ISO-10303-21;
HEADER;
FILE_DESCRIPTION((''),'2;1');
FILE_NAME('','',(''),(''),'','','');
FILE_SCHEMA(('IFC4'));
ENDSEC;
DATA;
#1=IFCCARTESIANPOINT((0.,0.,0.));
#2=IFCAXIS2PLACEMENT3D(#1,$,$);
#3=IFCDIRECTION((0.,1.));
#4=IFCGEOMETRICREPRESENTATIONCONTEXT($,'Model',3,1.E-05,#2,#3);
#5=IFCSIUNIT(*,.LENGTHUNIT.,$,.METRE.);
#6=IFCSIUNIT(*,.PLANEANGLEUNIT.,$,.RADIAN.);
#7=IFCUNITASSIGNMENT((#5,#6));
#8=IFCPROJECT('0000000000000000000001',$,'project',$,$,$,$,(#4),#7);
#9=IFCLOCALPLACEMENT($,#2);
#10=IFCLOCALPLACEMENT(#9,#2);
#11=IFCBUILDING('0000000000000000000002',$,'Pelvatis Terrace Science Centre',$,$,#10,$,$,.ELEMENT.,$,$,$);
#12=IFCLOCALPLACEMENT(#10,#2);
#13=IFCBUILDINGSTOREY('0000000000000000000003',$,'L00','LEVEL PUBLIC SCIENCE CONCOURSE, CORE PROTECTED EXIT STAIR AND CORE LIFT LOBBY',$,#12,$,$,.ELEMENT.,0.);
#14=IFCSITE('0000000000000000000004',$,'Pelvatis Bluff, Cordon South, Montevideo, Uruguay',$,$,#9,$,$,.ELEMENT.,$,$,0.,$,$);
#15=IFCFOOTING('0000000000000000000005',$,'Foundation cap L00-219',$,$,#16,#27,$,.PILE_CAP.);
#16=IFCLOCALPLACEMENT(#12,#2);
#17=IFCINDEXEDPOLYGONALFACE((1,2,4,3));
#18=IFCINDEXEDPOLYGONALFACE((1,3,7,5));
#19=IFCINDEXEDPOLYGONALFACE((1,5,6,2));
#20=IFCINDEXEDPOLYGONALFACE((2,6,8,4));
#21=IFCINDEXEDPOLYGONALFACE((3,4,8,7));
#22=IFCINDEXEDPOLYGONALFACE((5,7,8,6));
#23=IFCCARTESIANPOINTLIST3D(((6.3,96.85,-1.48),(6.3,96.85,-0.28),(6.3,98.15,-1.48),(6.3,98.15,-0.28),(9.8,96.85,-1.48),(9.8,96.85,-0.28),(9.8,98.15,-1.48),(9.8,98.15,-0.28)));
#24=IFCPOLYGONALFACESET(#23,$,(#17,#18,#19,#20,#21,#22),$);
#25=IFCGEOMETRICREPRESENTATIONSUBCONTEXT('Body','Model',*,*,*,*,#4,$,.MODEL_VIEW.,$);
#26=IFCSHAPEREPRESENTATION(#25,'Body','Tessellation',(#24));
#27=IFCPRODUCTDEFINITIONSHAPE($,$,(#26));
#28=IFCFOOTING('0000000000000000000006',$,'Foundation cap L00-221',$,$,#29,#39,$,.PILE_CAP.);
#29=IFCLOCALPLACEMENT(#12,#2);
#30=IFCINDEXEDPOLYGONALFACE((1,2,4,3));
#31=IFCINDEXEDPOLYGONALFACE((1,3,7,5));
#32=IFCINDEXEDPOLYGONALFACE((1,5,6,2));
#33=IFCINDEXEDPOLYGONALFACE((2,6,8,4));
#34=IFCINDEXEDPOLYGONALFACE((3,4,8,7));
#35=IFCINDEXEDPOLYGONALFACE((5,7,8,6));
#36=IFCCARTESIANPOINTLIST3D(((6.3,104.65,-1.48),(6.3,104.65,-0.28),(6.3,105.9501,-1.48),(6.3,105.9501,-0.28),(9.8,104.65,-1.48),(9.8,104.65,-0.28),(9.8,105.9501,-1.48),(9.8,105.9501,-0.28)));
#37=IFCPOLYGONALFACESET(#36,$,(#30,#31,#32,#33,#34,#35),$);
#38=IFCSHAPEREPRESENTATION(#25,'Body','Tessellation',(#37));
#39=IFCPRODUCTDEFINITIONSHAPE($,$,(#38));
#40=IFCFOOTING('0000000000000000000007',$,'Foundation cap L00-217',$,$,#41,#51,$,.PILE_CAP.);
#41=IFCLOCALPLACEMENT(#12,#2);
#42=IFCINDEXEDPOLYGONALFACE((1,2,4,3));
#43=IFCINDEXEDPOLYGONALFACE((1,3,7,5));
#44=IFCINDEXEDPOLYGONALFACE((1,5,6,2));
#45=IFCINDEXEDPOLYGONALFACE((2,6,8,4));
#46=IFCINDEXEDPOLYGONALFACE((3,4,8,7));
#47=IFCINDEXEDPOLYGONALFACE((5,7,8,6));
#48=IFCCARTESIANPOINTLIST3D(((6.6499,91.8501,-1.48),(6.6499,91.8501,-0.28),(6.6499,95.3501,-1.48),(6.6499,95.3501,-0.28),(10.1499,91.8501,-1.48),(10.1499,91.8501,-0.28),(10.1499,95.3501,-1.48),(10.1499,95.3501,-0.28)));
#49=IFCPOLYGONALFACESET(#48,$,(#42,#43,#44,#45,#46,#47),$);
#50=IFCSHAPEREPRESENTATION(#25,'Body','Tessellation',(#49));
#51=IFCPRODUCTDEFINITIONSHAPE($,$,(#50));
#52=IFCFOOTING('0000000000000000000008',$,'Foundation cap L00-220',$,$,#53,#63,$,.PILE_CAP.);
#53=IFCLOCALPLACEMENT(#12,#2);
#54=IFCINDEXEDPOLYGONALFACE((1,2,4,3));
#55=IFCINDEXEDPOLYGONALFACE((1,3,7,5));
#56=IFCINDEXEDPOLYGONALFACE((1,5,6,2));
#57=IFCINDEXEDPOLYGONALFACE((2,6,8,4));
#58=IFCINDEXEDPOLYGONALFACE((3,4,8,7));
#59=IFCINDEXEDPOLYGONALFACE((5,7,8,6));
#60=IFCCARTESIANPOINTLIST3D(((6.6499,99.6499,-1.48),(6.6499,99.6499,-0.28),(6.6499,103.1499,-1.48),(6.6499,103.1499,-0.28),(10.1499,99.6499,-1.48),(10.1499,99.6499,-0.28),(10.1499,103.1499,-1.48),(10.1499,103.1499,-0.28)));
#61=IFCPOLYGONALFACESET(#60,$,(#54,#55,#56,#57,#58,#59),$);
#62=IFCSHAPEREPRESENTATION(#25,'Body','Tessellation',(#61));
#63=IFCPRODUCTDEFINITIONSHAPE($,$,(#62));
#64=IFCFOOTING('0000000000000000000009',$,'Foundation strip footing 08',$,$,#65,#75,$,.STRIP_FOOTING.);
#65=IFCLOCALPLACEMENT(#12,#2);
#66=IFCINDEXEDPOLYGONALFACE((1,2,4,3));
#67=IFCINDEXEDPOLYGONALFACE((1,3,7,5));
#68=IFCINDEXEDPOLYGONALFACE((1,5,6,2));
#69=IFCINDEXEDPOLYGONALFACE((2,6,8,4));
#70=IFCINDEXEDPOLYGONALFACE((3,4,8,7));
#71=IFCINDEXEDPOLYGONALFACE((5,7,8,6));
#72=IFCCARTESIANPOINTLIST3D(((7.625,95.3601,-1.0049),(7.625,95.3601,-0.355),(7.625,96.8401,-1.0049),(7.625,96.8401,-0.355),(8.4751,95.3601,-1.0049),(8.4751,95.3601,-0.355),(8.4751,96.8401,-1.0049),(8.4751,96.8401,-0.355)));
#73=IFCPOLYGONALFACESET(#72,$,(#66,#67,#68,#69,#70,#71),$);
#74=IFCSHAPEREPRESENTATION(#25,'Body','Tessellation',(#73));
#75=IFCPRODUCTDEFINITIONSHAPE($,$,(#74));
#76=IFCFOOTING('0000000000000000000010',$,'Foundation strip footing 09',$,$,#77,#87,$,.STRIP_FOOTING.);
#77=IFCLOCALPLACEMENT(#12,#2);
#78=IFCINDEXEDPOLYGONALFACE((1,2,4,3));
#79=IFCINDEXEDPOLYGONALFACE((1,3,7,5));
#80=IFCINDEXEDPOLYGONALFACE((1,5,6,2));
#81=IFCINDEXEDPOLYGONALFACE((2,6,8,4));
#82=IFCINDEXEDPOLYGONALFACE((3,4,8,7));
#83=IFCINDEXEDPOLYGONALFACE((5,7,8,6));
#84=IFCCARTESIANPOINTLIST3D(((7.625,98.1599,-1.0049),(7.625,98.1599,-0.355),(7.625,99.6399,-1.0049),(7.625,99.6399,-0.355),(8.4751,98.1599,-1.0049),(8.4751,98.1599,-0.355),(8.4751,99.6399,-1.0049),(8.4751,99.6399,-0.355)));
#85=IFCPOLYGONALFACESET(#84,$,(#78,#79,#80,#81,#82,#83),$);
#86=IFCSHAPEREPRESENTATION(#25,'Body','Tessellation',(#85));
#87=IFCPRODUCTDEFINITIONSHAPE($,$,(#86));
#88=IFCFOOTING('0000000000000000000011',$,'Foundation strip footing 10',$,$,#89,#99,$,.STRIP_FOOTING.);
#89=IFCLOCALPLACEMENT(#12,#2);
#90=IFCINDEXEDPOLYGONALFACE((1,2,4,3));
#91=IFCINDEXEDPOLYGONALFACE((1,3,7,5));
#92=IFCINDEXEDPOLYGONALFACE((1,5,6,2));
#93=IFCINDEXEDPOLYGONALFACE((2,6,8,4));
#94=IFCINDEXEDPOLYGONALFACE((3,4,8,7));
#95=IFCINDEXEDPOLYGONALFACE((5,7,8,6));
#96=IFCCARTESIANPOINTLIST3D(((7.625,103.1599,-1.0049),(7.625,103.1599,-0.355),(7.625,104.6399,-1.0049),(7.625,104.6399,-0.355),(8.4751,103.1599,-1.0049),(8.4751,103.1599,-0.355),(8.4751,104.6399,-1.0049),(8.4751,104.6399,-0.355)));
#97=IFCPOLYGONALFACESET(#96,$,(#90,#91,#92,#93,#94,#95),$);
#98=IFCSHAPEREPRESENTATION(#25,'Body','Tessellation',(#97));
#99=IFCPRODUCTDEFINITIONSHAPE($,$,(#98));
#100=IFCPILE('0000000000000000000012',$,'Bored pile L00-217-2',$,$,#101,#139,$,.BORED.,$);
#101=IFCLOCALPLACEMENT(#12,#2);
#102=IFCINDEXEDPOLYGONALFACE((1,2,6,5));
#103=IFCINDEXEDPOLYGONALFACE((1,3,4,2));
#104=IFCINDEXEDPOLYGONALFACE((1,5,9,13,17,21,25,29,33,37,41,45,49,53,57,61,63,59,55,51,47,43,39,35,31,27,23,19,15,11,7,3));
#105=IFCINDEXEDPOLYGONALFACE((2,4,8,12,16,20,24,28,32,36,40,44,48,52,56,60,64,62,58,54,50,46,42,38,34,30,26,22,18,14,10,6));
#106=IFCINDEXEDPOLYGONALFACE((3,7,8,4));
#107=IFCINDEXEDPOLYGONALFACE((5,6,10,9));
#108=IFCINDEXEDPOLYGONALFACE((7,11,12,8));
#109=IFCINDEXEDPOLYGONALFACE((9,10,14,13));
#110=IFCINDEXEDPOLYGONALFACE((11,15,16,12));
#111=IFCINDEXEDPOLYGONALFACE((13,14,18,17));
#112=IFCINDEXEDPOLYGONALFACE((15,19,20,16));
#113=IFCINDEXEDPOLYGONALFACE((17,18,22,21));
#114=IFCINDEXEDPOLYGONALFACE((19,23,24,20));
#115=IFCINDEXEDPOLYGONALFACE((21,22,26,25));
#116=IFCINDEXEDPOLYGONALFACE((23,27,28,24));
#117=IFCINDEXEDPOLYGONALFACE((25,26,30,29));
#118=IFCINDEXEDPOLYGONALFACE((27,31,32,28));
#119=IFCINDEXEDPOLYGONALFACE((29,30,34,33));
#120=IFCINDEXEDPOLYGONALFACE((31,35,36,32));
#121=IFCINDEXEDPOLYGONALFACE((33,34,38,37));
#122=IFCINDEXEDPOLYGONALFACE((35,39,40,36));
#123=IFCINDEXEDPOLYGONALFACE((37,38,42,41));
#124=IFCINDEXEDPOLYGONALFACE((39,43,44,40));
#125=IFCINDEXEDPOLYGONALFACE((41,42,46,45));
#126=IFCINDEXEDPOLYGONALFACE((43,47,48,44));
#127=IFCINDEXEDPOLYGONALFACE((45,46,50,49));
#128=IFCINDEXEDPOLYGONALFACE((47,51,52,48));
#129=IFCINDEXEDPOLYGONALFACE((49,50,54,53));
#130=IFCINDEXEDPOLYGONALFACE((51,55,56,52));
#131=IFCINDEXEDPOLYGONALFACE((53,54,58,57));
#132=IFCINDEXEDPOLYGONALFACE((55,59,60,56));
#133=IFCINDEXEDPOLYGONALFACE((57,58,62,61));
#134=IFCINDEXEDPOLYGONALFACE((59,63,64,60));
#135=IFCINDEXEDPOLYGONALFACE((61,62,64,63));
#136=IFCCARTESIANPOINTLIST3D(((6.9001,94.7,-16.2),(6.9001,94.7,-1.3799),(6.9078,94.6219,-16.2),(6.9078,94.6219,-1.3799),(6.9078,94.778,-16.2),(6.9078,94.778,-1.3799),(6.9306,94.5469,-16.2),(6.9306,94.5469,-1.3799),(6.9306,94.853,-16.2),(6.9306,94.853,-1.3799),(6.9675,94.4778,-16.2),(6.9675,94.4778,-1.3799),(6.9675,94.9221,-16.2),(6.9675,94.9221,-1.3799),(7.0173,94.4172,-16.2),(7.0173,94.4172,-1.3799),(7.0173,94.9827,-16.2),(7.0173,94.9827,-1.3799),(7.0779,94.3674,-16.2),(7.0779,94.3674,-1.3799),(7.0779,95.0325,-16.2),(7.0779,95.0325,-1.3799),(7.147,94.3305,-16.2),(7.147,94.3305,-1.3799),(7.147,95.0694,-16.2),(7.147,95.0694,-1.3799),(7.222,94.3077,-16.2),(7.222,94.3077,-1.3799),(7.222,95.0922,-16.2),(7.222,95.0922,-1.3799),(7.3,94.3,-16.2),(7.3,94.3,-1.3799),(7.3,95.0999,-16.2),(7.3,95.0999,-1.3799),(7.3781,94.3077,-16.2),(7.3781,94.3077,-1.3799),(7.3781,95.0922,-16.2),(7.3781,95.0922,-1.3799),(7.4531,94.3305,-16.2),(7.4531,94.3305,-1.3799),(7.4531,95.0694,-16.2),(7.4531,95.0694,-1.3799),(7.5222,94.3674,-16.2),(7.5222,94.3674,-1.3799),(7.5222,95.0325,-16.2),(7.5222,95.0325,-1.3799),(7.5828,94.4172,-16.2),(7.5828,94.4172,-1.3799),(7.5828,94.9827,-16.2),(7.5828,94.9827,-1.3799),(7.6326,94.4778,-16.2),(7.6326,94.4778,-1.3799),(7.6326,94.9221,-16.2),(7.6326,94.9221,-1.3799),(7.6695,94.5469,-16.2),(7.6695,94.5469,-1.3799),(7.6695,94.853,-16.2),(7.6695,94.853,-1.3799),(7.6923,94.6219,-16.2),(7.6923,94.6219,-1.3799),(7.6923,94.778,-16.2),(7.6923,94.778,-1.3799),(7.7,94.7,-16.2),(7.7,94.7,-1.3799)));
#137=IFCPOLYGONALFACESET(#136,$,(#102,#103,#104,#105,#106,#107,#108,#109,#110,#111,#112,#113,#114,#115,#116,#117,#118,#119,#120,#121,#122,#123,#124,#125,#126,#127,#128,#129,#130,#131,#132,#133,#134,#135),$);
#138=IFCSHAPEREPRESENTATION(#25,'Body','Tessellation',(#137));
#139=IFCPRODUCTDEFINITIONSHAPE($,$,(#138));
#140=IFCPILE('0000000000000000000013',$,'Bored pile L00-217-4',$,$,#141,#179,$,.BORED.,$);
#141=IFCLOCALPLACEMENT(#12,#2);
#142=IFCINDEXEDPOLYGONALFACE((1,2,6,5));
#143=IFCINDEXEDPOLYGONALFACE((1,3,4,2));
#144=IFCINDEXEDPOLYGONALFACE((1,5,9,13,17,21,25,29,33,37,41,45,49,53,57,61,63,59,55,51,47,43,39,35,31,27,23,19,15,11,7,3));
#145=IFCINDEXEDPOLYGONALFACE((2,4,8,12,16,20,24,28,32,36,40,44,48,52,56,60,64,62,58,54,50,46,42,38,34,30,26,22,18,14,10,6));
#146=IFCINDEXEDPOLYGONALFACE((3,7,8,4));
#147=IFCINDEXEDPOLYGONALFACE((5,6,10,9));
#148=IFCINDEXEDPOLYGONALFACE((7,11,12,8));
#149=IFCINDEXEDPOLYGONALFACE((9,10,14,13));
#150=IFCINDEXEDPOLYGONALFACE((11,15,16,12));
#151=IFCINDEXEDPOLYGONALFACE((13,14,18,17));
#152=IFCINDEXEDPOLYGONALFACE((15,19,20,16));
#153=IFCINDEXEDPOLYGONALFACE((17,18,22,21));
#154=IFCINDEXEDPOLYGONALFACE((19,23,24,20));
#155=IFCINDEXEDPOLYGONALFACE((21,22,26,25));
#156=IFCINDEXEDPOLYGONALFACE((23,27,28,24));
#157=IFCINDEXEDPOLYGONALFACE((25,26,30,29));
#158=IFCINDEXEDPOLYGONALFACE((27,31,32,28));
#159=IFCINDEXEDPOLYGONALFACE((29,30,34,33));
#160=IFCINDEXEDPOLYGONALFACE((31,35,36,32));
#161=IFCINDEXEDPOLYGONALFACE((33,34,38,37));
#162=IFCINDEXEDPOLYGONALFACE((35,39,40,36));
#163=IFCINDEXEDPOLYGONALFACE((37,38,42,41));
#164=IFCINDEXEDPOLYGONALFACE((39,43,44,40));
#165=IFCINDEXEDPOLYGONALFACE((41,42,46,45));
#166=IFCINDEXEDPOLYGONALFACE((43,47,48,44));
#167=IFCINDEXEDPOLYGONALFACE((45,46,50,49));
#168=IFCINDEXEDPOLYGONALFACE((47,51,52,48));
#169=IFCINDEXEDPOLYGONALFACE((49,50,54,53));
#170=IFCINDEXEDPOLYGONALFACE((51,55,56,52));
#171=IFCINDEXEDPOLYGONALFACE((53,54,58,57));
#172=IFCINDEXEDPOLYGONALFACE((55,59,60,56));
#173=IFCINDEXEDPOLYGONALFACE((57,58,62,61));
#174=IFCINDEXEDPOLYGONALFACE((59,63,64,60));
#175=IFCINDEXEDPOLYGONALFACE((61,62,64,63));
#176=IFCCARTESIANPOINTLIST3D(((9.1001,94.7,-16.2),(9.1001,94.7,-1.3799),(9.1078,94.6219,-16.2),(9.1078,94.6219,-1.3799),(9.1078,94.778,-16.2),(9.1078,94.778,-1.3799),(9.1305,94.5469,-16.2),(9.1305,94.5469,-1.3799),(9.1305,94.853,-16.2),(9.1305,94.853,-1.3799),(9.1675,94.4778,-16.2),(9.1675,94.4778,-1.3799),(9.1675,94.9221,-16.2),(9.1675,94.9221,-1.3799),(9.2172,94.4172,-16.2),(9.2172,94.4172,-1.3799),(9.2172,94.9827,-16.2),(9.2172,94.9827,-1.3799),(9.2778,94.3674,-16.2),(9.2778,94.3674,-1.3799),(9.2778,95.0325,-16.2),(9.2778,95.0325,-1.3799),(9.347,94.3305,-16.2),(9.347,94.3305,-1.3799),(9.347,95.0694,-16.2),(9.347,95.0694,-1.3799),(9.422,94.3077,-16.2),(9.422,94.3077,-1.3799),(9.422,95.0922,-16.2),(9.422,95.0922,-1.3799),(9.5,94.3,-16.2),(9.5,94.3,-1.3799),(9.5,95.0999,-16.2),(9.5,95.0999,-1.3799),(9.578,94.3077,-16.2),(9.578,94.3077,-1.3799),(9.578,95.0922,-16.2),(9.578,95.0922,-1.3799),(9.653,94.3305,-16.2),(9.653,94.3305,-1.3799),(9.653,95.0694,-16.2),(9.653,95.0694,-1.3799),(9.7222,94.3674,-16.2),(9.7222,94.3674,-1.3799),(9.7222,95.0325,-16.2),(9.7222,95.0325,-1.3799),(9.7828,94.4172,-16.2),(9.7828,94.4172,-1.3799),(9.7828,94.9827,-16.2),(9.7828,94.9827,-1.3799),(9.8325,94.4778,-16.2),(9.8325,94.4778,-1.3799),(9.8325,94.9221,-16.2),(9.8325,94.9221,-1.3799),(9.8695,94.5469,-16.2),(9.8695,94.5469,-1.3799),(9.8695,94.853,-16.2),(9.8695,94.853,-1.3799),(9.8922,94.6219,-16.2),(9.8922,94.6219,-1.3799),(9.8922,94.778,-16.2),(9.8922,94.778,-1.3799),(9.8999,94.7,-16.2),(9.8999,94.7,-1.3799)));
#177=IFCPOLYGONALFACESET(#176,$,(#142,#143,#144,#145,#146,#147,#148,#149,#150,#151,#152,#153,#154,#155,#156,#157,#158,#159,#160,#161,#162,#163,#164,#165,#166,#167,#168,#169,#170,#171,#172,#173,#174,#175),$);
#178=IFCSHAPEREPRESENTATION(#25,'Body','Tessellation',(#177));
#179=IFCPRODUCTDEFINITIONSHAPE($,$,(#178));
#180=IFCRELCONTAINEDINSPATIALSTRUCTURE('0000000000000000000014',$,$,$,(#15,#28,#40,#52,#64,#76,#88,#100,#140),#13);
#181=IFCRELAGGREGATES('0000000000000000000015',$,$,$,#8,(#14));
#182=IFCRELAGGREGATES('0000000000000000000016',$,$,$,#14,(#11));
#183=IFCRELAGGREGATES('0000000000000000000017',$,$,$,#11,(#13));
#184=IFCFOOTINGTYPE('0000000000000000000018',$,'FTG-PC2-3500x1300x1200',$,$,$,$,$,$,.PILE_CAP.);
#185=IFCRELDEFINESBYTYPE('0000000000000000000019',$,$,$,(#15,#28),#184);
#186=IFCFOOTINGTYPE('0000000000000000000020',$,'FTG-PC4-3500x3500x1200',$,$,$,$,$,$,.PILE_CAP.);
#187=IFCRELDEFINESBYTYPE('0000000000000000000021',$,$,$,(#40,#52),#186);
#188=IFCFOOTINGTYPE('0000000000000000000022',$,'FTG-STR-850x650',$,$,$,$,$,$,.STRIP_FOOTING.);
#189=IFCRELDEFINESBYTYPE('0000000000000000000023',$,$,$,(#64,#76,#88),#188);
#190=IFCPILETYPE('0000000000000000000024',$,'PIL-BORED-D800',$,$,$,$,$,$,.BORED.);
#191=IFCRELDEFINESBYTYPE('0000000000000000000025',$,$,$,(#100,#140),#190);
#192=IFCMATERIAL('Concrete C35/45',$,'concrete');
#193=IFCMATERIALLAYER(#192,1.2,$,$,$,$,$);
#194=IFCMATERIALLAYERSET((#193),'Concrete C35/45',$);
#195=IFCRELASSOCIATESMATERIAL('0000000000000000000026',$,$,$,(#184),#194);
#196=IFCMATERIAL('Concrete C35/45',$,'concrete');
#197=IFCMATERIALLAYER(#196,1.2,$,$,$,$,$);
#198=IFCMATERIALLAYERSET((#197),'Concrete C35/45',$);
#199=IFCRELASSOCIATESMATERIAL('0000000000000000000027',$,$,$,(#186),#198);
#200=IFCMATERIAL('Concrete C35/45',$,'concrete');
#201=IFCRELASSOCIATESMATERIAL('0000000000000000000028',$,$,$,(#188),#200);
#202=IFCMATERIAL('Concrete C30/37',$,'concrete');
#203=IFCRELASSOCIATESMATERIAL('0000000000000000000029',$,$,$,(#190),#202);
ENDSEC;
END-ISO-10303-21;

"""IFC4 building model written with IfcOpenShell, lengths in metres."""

from ifc_helpers import new_model, si_unit, direction, frame, origin, origin_2d, place, context, subcontext, project, spatial, rectangle, circle, extrude, material, layer, layer_set, material_profile, profile_set, type_object, element, save


model = new_model("IFC4")

# Units and contexts
model_context = context("Model", 3, precision=1e-05, world=origin(), true_north=direction((0.0, 1.0)))
body_context = subcontext(model_context, "Body", "Model", "MODEL_VIEW")
ifc_project = project(units=[si_unit("LENGTHUNIT", "METRE"), si_unit("PLANEANGLEUNIT", "RADIAN")], contexts=[model_context])

# Site, building, storey
site_placement = place(None, origin())
site = spatial("IfcSite", under=ifc_project, at=site_placement, Name="Pelvatis Bluff, Cordon South, Montevideo, Uruguay", CompositionType="ELEMENT", RefElevation=0.0)
building_placement = place(site_placement, origin())
building = spatial("IfcBuilding", under=site, at=building_placement, Name="Pelvatis Terrace Science Centre", CompositionType="ELEMENT")
storey_placement = place(building_placement, origin())
storey = spatial("IfcBuildingStorey", under=building, at=storey_placement, Name="L00", Description="LEVEL PUBLIC SCIENCE CONCOURSE, CORE PROTECTED EXIT STAIR AND CORE LIFT LOBBY", CompositionType="ELEMENT", Elevation=0.0)

# Footings
ifc_material_1 = material(Name="Concrete C35/45", Category="concrete")
ifc_layer_1 = layer(ifc_material_1, 1.2)
ifc_layer_set_1 = layer_set([ifc_layer_1], Name="Concrete C35/45")
footing_type_1 = type_object("IfcFootingType", Name="FTG-PC2-3500x1300x1200", PredefinedType="PILE_CAP", material=ifc_layer_set_1)
for number, where, z_axis, x_axis, name in (
    (1, (8.05, 97.5, -1.48), (0.0, 0.0, 1.0), (1.0, 0.0, 0.0), "Foundation cap L00-219"),
    (2, (8.05, 105.3, -1.48), (0.0, 0.0, 1.0), (1.0, 0.0, 0.0), "Foundation cap L00-221"),
):
    element("IfcFooting", number, at=place(storey_placement, frame(where, z_axis=z_axis, x_axis=x_axis)), inside=storey, type_object=footing_type_1, Name=name, PredefinedType="PILE_CAP", context=body_context, shape_type="SweptSolid", body=[
        extrude(rectangle(XDim=3.5, YDim=1.3, at=origin_2d()), origin(), (0.0, 0.0, 1.0), 1.2),
    ])
ifc_material_2 = material(Name="Concrete C35/45", Category="concrete")
ifc_layer_2 = layer(ifc_material_2, 1.2)
ifc_layer_set_2 = layer_set([ifc_layer_2], Name="Concrete C35/45")
footing_type_2 = type_object("IfcFootingType", Name="FTG-PC4-3500x3500x1200", PredefinedType="PILE_CAP", material=ifc_layer_set_2)
for number, where, z_axis, x_axis, name in (
    (3, (8.3999, 93.6001, -1.48), (0.0, 0.0, 1.0), (1.0, 0.0, 0.0), "Foundation cap L00-217"),
    (4, (8.3999, 101.3999, -1.48), (0.0, 0.0, 1.0), (1.0, 0.0, 0.0), "Foundation cap L00-220"),
):
    element("IfcFooting", number, at=place(storey_placement, frame(where, z_axis=z_axis, x_axis=x_axis)), inside=storey, type_object=footing_type_2, Name=name, PredefinedType="PILE_CAP", context=body_context, shape_type="SweptSolid", body=[
        extrude(rectangle(XDim=3.5, YDim=3.5, at=origin_2d()), origin(), (0.0, 0.0, 1.0), 1.2),
    ])
ifc_material_3 = material(Name="Concrete C35/45", Category="concrete")
ifc_material_profile_1 = material_profile(ifc_material_3, rectangle(XDim=0.8501, YDim=0.6499, at=origin_2d()), Name="RC-STR 850x650")
ifc_profile_set_1 = profile_set([ifc_material_profile_1], Name="Concrete C35/45")
footing_type_3 = type_object("IfcFootingType", Name="FTG-STR-850x650", PredefinedType="STRIP_FOOTING", material=ifc_profile_set_1)
for number, where, z_axis, x_axis, name in (
    (5, (8.05, 95.3601, -0.6799), (0.0, 1.0, 0.0), (-1.0, 0.0, 0.0), "Foundation strip footing 08"),
    (6, (8.05, 98.1599, -0.6799), (0.0, 1.0, 0.0), (-1.0, 0.0, 0.0), "Foundation strip footing 09"),
    (7, (8.05, 103.1599, -0.6799), (0.0, 1.0, 0.0), (-1.0, 0.0, 0.0), "Foundation strip footing 10"),
):
    element("IfcFooting", number, at=place(storey_placement, frame(where, z_axis=z_axis, x_axis=x_axis)), inside=storey, type_object=footing_type_3, Name=name, PredefinedType="STRIP_FOOTING", context=body_context, shape_type="SweptSolid", body=[
        extrude(rectangle(XDim=0.8501, YDim=0.6499, at=origin_2d()), origin(), (0.0, 0.0, 1.0), 1.48),
    ])

# Piles
ifc_material_4 = material(Name="Concrete C30/37", Category="concrete")
ifc_material_profile_2 = material_profile(ifc_material_4, circle(Radius=0.3999, at=origin_2d()), Name="PILE D800")
ifc_profile_set_2 = profile_set([ifc_material_profile_2], Name="Concrete C30/37")
pile_type = type_object("IfcPileType", Name="PIL-BORED-D800", PredefinedType="BORED", material=ifc_profile_set_2)
for number, where, z_axis, x_axis, name in (
    (8, (7.3, 94.7, -1.3799), (0.0, 0.0, -1.0), (1.0, 0.0, 0.0), "Bored pile L00-217-2"),
    (9, (9.5, 94.7, -1.3799), (0.0, 0.0, -1.0), (1.0, 0.0, 0.0), "Bored pile L00-217-4"),
):
    element("IfcPile", number, at=place(storey_placement, frame(where, z_axis=z_axis, x_axis=x_axis)), inside=storey, type_object=pile_type, Name=name, PredefinedType="BORED", context=body_context, shape_type="SweptSolid", body=[
        extrude(circle(Radius=0.3999, at=origin_2d()), origin(), (0.0, 0.0, 1.0), 14.8201),
    ])

save(model, "model.ifc")
